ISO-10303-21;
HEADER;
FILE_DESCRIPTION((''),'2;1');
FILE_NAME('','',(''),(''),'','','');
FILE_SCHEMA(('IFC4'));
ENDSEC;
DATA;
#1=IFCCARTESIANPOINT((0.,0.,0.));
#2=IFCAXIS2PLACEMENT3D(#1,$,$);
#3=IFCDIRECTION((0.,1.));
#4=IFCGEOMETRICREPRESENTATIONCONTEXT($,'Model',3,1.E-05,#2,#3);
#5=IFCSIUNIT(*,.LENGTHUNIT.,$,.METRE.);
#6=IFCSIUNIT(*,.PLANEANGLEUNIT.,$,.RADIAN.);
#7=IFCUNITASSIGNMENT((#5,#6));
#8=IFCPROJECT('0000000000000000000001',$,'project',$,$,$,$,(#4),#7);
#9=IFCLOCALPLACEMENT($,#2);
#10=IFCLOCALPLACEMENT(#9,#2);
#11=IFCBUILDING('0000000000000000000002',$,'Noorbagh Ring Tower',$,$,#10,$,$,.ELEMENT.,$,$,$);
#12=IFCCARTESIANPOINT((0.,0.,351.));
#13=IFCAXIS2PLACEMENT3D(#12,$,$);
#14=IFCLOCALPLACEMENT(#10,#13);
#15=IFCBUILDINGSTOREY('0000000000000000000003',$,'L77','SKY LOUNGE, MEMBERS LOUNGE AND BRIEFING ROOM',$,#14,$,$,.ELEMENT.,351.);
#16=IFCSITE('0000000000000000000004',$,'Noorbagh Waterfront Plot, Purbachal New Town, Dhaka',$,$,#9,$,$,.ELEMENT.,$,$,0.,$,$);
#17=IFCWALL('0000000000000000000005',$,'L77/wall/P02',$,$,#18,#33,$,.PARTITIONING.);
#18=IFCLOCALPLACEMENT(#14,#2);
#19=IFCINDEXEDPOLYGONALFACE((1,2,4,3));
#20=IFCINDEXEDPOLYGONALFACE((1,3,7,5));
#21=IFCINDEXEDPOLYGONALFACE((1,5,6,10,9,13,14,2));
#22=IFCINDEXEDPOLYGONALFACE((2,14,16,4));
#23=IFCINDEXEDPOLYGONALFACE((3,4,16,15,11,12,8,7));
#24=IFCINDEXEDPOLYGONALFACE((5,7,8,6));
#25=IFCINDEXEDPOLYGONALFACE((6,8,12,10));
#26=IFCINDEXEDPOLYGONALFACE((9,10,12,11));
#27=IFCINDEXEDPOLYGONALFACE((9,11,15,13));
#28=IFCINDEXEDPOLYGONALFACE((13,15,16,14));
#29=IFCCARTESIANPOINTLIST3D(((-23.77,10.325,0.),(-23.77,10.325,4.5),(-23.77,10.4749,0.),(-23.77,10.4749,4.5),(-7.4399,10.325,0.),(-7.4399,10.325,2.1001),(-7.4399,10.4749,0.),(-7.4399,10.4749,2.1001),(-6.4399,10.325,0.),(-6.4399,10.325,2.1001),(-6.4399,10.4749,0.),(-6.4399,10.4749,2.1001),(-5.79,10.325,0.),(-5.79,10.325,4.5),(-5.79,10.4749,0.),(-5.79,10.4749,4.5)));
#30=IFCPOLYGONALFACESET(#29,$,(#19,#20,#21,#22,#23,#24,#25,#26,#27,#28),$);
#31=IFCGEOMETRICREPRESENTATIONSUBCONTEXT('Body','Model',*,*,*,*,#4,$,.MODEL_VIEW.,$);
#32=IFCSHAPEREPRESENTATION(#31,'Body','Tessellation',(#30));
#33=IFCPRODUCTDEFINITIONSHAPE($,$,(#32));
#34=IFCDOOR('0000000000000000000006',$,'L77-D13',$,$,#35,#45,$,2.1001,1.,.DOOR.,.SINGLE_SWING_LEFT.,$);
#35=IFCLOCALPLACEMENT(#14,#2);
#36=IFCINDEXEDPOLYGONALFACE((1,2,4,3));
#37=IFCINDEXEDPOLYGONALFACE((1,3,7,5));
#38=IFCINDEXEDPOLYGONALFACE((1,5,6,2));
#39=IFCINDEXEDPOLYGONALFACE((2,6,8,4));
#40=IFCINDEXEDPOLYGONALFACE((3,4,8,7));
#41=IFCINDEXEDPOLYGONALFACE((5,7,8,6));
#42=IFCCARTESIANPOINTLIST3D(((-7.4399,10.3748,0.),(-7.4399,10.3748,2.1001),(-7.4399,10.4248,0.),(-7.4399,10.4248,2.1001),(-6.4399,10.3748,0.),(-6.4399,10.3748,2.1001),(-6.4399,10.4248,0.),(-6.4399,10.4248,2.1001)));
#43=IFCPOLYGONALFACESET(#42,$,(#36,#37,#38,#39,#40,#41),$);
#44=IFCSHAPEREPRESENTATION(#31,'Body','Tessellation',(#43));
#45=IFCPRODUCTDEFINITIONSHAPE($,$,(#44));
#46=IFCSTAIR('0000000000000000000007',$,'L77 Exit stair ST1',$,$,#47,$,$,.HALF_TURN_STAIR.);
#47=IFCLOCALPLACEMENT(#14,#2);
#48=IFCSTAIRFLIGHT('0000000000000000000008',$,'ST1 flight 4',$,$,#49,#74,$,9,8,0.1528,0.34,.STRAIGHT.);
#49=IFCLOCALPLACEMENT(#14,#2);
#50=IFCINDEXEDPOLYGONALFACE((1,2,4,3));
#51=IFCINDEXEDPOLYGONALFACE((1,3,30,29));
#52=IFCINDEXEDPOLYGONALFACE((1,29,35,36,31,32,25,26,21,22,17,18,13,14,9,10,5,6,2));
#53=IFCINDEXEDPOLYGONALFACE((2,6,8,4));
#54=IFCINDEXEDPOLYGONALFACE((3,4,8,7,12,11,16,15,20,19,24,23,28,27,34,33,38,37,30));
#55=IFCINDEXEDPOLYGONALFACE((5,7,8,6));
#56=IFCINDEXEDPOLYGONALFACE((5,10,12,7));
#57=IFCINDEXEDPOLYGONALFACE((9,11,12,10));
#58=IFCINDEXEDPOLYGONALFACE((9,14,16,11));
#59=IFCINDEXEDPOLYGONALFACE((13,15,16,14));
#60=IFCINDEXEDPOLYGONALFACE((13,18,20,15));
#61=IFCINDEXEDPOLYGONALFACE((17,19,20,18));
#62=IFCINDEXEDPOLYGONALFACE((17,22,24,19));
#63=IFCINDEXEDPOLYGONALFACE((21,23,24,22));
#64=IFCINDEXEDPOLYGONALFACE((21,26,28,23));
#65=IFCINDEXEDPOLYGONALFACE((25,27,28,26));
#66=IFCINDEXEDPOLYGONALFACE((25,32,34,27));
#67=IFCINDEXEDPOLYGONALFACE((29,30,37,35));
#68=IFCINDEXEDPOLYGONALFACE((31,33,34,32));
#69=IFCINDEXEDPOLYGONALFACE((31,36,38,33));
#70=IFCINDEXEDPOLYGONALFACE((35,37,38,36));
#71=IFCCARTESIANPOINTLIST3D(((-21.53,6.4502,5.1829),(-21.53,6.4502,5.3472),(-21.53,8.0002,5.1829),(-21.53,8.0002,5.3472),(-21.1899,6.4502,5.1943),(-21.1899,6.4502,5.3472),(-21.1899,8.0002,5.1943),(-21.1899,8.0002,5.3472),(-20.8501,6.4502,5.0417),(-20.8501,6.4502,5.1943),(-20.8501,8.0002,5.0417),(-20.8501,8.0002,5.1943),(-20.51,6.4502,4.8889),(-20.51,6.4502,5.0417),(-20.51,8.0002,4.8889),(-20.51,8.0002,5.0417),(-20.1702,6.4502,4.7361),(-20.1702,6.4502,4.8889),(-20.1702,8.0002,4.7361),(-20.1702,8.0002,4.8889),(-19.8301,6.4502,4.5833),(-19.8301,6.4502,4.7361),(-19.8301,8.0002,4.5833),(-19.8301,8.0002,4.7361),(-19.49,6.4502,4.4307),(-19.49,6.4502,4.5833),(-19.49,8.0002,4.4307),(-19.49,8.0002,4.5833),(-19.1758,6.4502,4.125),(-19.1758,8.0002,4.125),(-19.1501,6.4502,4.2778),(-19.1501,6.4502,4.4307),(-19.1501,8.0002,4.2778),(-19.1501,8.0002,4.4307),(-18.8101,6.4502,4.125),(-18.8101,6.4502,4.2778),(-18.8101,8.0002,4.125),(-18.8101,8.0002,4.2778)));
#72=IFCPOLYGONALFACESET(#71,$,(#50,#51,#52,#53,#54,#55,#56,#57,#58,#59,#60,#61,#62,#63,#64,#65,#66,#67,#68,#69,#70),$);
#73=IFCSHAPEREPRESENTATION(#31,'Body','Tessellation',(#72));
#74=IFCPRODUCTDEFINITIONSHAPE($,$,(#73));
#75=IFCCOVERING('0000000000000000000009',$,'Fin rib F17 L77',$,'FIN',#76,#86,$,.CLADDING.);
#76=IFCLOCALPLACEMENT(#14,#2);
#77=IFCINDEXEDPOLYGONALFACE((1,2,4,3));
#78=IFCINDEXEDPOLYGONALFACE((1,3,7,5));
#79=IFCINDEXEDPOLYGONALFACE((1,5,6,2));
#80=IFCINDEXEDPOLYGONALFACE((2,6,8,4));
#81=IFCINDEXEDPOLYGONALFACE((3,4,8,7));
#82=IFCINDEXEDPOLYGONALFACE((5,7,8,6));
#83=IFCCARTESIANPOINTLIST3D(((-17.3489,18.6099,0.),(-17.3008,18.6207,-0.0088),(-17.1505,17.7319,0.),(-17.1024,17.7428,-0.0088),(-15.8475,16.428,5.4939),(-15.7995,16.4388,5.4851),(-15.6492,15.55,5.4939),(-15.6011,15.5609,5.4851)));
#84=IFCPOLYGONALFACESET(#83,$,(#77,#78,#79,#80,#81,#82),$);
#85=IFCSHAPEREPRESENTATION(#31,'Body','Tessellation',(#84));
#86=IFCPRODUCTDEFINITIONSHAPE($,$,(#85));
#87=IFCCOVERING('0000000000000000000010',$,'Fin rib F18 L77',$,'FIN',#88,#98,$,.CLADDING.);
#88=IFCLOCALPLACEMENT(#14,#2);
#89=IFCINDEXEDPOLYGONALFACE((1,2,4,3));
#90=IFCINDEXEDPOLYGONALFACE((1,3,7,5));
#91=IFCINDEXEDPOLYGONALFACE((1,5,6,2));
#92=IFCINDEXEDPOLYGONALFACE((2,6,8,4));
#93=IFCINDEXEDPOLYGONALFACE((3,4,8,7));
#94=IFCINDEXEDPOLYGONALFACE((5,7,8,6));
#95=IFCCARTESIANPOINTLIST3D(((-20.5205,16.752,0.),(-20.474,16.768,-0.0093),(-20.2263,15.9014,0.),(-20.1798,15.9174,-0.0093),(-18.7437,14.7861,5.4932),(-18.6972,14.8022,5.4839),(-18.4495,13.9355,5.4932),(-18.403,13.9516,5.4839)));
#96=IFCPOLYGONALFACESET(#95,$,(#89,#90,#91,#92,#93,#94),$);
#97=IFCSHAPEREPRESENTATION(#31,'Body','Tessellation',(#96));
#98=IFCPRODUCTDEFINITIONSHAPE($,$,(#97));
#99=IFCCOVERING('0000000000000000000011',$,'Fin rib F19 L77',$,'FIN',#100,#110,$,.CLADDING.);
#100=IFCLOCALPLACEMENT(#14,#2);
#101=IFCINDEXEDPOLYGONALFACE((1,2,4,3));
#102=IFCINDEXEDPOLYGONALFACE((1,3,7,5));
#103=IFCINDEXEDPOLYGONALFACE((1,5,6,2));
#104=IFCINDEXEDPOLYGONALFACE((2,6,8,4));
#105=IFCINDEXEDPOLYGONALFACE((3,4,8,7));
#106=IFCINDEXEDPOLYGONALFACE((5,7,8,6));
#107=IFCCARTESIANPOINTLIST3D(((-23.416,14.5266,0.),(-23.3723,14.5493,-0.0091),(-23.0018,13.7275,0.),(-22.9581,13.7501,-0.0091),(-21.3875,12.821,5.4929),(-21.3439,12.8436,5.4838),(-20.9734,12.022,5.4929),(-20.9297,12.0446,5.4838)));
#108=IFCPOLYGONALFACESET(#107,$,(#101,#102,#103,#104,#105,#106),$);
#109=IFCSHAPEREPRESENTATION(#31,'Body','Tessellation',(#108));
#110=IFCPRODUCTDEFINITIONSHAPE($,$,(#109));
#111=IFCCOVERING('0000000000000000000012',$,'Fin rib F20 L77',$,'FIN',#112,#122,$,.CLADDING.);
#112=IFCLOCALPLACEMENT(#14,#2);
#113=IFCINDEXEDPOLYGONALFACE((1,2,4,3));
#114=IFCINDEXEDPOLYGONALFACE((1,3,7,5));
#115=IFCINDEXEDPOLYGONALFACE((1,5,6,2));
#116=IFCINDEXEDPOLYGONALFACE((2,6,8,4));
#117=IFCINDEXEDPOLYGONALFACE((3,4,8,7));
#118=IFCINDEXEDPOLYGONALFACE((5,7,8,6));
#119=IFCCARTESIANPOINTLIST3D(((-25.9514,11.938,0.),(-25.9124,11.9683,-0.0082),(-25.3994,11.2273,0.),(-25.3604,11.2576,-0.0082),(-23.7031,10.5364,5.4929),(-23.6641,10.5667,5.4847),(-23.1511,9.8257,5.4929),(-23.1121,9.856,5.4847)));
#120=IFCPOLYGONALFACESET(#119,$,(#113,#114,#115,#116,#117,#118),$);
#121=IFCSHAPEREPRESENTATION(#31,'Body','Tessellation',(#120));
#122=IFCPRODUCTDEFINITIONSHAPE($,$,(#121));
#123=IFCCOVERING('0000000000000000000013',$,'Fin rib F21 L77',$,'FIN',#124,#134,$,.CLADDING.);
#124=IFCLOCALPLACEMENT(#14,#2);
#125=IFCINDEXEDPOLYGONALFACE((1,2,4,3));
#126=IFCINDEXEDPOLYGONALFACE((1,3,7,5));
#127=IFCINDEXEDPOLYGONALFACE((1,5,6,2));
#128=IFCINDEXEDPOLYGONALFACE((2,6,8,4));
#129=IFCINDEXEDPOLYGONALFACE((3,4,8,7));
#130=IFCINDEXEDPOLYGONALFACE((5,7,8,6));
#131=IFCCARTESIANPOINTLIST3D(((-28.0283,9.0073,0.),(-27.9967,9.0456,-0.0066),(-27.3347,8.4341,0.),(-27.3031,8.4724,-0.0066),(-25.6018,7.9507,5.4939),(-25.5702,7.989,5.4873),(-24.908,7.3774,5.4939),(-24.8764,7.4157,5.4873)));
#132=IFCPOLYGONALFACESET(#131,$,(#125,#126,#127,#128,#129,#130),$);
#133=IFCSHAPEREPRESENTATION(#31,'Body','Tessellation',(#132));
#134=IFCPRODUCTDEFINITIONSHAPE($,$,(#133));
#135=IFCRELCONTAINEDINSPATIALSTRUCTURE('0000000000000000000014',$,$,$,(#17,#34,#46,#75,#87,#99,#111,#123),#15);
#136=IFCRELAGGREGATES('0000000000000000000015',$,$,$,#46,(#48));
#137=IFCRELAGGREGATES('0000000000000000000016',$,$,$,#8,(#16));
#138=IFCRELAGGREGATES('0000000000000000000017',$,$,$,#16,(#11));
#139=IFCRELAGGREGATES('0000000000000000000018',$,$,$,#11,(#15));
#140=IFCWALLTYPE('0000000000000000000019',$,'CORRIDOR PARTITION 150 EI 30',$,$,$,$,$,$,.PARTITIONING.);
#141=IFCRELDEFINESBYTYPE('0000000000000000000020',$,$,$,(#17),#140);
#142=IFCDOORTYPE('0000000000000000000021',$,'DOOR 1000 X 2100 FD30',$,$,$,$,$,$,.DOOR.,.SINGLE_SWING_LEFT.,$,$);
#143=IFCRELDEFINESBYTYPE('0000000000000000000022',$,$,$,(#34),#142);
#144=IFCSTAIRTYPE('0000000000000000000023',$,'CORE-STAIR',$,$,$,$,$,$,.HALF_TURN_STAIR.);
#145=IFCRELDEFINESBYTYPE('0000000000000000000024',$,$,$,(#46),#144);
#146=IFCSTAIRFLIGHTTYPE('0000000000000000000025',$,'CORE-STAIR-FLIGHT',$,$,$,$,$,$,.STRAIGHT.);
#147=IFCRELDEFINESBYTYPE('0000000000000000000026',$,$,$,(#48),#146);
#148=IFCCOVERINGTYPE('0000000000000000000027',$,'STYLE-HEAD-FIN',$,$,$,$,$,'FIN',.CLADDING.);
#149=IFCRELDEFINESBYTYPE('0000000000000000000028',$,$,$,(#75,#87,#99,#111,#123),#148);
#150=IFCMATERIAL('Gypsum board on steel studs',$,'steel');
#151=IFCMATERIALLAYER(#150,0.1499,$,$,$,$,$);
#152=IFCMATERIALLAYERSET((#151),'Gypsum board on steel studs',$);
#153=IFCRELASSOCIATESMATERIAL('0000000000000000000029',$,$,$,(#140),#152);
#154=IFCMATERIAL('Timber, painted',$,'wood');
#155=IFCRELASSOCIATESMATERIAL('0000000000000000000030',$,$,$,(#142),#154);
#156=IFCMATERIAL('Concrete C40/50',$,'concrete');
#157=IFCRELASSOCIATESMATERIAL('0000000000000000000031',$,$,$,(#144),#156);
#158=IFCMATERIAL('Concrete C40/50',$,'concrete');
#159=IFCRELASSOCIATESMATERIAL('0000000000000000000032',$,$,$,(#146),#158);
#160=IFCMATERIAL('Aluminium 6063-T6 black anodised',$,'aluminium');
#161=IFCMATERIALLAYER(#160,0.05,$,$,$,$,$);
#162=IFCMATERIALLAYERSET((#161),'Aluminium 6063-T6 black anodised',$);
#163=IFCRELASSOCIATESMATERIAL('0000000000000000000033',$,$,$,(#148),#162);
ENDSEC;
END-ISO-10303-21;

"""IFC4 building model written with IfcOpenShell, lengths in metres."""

from ifc_helpers import new_model, si_unit, direction, frame, frame_2d, origin, place, context, subcontext, project, spatial, polyline, rectangle, outline, extrude, material, layer, layer_set, type_object, element, fill, aggregate, save


model = new_model("IFC4")

# Units and contexts
model_context = context("Model", 3, precision=1e-05, world=origin(), true_north=direction((0.0, 1.0)))
body_context = subcontext(model_context, "Body", "Model", "MODEL_VIEW")
ifc_project = project(units=[si_unit("LENGTHUNIT", "METRE"), si_unit("PLANEANGLEUNIT", "RADIAN")], contexts=[model_context])

# Site, building, storey
site_placement = place(None, origin())
site = spatial("IfcSite", under=ifc_project, at=site_placement, Name="Noorbagh Waterfront Plot, Purbachal New Town, Dhaka", CompositionType="ELEMENT", RefElevation=0.0)
building_placement = place(site_placement, origin())
building = spatial("IfcBuilding", under=site, at=building_placement, Name="Noorbagh Ring Tower", CompositionType="ELEMENT")
storey_placement = place(building_placement, frame((0.0, 0.0, 351.0)))
storey = spatial("IfcBuildingStorey", under=building, at=storey_placement, Name="L77", Description="SKY LOUNGE, MEMBERS LOUNGE AND BRIEFING ROOM", CompositionType="ELEMENT", Elevation=351.0)

# Wall, opening, door
ifc_material_1 = material(Name="Gypsum board on steel studs", Category="steel")
ifc_layer_1 = layer(ifc_material_1, 0.1499)
ifc_layer_set_1 = layer_set([ifc_layer_1], Name="Gypsum board on steel studs")
wall_type_1 = type_object("IfcWallType", Name="CORRIDOR PARTITION 150 EI 30", PredefinedType="PARTITIONING", material=ifc_layer_set_1)
wall_1_placement = place(storey_placement, frame((-23.77, 10.3999, 0.0), z_axis=(0.0, 0.0, 1.0), x_axis=(1.0, 0.0, 0.0)))
wall_1 = element("IfcWall", 1, at=wall_1_placement, inside=storey, type_object=wall_type_1, Name="L77/wall/P02", PredefinedType="PARTITIONING", context=body_context, shape_type="SweptSolid", body=[
    extrude(rectangle(XDim=17.98, YDim=0.1499, at=frame_2d((8.99, 0.0))), origin(), (0.0, 0.0, 1.0), 4.5),
])
opening_1_placement = place(wall_1_placement, frame((16.3301, 0.0, 0.0)))
opening_1 = element("IfcOpeningElement", 2, at=opening_1_placement, cuts=wall_1, PredefinedType="OPENING", context=body_context, shape_type="SweptSolid", body=[
    extrude(rectangle(XDim=1.0, YDim=2.1001, at=frame_2d((0.5, 1.05))), frame((0.0, 0.085, 0.0), z_axis=(0.0, -1.0, 0.0), x_axis=(1.0, 0.0, 0.0)), (0.0, 0.0, 1.0), 0.1699),
])
ifc_material_2 = material(Name="Timber, painted", Category="wood")
door_type_1 = type_object("IfcDoorType", Name="DOOR 1000 X 2100 FD30", OperationType="SINGLE_SWING_LEFT", PredefinedType="DOOR", material=ifc_material_2)
door_1_placement = place(opening_1_placement, origin())
door_1 = element("IfcDoor", 3, at=door_1_placement, inside=storey, type_object=door_type_1, Name="L77-D13", OperationType="SINGLE_SWING_LEFT", OverallHeight=2.1001, OverallWidth=1.0, PredefinedType="DOOR", context=body_context, shape_type="SweptSolid", body=[
    extrude(rectangle(XDim=1.0, YDim=2.1001, at=frame_2d((0.5, 1.05))), frame((0.0, 0.0249, 0.0), z_axis=(0.0, -1.0, 0.0), x_axis=(1.0, 0.0, 0.0)), (0.0, 0.0, 1.0), 0.05),
])
fill(opening_1, door_1)

# Stair, stair flight
ifc_material_3 = material(Name="Concrete C40/50", Category="concrete")
stair_type = type_object("IfcStairType", Name="CORE-STAIR", PredefinedType="HALF_TURN_STAIR", material=ifc_material_3)
stair_placement = place(storey_placement, origin())
stair = element("IfcStair", 4, at=stair_placement, inside=storey, type_object=stair_type, Name="L77 Exit stair ST1", PredefinedType="HALF_TURN_STAIR")
ifc_material_4 = material(Name="Concrete C40/50", Category="concrete")
stair_flight_type = type_object("IfcStairFlightType", Name="CORE-STAIR-FLIGHT", PredefinedType="STRAIGHT", material=ifc_material_4)
stair_flight_placement = place(storey_placement, frame((-18.8101, 7.2251, 4.125), z_axis=(0.0, 0.0, 1.0), x_axis=(-1.0, 0.0, 0.0)))
stair_flight = element("IfcStairFlight", 5, at=stair_flight_placement, type_object=stair_flight_type, Name="ST1 flight 4", NumberOfRisers=9, NumberOfTreads=8, PredefinedType="STRAIGHT", RiserHeight=0.1528, TreadLength=0.34, context=body_context, shape_type="SweptSolid", body=[
    extrude(outline(polyline([(0.0, 0.0), (0.0, 0.1528), (0.3401, 0.1528), (0.3401, 0.3057), (0.6799, 0.3057), (0.6799, 0.4583), (1.02, 0.4583), (1.02, 0.6111), (1.3601, 0.6111), (1.3601, 0.7639), (1.7, 0.7639), (1.7, 0.9167), (2.04, 0.9167), (2.04, 1.0693), (2.3799, 1.0693), (2.3799, 1.2222), (2.72, 1.2222), (2.72, 1.375), (2.72, 1.0579), (0.3657, 0.0), (0.0, 0.0)])), frame((0.0, 0.7749, 0.0), z_axis=(0.0, -1.0, 0.0), x_axis=(1.0, 0.0, 0.0)), (0.0, 0.0, 1.0), 1.55),
])
aggregate(stair, [stair_flight])

# Coverings
ifc_material_5 = material(Name="Aluminium 6063-T6 black anodised", Category="aluminium")
ifc_layer_2 = layer(ifc_material_5, 0.05)
ifc_layer_set_2 = layer_set([ifc_layer_2], Name="Aluminium 6063-T6 black anodised")
covering_type_1 = type_object("IfcCoveringType", Name="STYLE-HEAD-FIN", ElementType="FIN", PredefinedType="CLADDING", material=ifc_layer_set_2)
covering_1_placement = place(storey_placement, frame((-17.3489, 18.6099, 0.0), z_axis=(-0.960146, -0.216941, 0.176226), x_axis=(0.246163, -0.357748, 0.900788)))
element("IfcCovering", 6, at=covering_1_placement, inside=storey, type_object=covering_type_1, Name="Fin rib F17 L77", ObjectType="FIN", PredefinedType="CLADDING", context=body_context, shape_type="SweptSolid", body=[
    extrude(outline(polyline([(0.0, 0.0), (6.099, 0.0), (6.4619, -0.8236), (0.3629, -0.8237), (0.0, 0.0)])), origin(), (0.0, 0.0, -1.0), 0.05),
])
covering_2_placement = place(storey_placement, frame((-20.5205, 16.752, 0.0), z_axis=(-0.928676, -0.321198, 0.18545), x_axis=(0.291341, -0.322324, 0.900682)))
element("IfcCovering", 7, at=covering_2_placement, inside=storey, type_object=covering_type_1, Name="Fin rib F18 L77", ObjectType="FIN", PredefinedType="CLADDING", context=body_context, shape_type="SweptSolid", body=[
    extrude(outline(polyline([(0.0, 0.0), (6.0989, 0.0), (6.4588, -0.8249), (0.3599, -0.8249), (0.0, 0.0)])), origin(), (0.0, 0.0, -1.0), 0.05),
])
covering_3_placement = place(storey_placement, frame((-23.416, 14.5266, 0.0), z_axis=(-0.873013, -0.452511, 0.181883), x_axis=(0.332598, -0.279661, 0.900649)))
element("IfcCovering", 8, at=covering_3_placement, inside=storey, type_object=covering_type_1, Name="Fin rib F19 L77", ObjectType="FIN", PredefinedType="CLADDING", context=body_context, shape_type="SweptSolid", body=[
    extrude(outline(polyline([(0.0, 0.0), (6.0989, 0.0), (6.4601, -0.8243), (0.3613, -0.8244), (0.0, 0.0)])), origin(), (0.0, 0.0, -1.0), 0.05),
])
covering_4_placement = place(storey_placement, frame((-25.9514, 11.938, 0.0), z_axis=(-0.779007, -0.605062, 0.164461), x_axis=(0.368664, -0.22983, 0.900703)))
element("IfcCovering", 9, at=covering_4_placement, inside=storey, type_object=covering_type_1, Name="Fin rib F20 L77", ObjectType="FIN", PredefinedType="CLADDING", context=body_context, shape_type="SweptSolid", body=[
    extrude(outline(polyline([(0.0, 0.0), (6.0985, 0.0), (6.4653, -0.8217), (0.3668, -0.8217), (0.0, 0.0)])), origin(), (0.0, 0.0, -1.0), 0.05),
])
covering_5_placement = place(storey_placement, frame((-28.0283, 9.0073, 0.0), z_axis=(-0.631422, -0.764134, 0.131931), x_axis=(0.397918, -0.173263, 0.900911)))
element("IfcCovering", 10, at=covering_5_placement, inside=storey, type_object=covering_type_1, Name="Fin rib F21 L77", ObjectType="FIN", PredefinedType="CLADDING", context=body_context, shape_type="SweptSolid", body=[
    extrude(outline(polyline([(0.0, 0.0), (6.0981, 0.0), (6.4736, -0.818), (0.3753, -0.8178), (0.0, 0.0)])), origin(), (0.0, 0.0, -1.0), 0.05),
])

save(model, "model.ifc")
